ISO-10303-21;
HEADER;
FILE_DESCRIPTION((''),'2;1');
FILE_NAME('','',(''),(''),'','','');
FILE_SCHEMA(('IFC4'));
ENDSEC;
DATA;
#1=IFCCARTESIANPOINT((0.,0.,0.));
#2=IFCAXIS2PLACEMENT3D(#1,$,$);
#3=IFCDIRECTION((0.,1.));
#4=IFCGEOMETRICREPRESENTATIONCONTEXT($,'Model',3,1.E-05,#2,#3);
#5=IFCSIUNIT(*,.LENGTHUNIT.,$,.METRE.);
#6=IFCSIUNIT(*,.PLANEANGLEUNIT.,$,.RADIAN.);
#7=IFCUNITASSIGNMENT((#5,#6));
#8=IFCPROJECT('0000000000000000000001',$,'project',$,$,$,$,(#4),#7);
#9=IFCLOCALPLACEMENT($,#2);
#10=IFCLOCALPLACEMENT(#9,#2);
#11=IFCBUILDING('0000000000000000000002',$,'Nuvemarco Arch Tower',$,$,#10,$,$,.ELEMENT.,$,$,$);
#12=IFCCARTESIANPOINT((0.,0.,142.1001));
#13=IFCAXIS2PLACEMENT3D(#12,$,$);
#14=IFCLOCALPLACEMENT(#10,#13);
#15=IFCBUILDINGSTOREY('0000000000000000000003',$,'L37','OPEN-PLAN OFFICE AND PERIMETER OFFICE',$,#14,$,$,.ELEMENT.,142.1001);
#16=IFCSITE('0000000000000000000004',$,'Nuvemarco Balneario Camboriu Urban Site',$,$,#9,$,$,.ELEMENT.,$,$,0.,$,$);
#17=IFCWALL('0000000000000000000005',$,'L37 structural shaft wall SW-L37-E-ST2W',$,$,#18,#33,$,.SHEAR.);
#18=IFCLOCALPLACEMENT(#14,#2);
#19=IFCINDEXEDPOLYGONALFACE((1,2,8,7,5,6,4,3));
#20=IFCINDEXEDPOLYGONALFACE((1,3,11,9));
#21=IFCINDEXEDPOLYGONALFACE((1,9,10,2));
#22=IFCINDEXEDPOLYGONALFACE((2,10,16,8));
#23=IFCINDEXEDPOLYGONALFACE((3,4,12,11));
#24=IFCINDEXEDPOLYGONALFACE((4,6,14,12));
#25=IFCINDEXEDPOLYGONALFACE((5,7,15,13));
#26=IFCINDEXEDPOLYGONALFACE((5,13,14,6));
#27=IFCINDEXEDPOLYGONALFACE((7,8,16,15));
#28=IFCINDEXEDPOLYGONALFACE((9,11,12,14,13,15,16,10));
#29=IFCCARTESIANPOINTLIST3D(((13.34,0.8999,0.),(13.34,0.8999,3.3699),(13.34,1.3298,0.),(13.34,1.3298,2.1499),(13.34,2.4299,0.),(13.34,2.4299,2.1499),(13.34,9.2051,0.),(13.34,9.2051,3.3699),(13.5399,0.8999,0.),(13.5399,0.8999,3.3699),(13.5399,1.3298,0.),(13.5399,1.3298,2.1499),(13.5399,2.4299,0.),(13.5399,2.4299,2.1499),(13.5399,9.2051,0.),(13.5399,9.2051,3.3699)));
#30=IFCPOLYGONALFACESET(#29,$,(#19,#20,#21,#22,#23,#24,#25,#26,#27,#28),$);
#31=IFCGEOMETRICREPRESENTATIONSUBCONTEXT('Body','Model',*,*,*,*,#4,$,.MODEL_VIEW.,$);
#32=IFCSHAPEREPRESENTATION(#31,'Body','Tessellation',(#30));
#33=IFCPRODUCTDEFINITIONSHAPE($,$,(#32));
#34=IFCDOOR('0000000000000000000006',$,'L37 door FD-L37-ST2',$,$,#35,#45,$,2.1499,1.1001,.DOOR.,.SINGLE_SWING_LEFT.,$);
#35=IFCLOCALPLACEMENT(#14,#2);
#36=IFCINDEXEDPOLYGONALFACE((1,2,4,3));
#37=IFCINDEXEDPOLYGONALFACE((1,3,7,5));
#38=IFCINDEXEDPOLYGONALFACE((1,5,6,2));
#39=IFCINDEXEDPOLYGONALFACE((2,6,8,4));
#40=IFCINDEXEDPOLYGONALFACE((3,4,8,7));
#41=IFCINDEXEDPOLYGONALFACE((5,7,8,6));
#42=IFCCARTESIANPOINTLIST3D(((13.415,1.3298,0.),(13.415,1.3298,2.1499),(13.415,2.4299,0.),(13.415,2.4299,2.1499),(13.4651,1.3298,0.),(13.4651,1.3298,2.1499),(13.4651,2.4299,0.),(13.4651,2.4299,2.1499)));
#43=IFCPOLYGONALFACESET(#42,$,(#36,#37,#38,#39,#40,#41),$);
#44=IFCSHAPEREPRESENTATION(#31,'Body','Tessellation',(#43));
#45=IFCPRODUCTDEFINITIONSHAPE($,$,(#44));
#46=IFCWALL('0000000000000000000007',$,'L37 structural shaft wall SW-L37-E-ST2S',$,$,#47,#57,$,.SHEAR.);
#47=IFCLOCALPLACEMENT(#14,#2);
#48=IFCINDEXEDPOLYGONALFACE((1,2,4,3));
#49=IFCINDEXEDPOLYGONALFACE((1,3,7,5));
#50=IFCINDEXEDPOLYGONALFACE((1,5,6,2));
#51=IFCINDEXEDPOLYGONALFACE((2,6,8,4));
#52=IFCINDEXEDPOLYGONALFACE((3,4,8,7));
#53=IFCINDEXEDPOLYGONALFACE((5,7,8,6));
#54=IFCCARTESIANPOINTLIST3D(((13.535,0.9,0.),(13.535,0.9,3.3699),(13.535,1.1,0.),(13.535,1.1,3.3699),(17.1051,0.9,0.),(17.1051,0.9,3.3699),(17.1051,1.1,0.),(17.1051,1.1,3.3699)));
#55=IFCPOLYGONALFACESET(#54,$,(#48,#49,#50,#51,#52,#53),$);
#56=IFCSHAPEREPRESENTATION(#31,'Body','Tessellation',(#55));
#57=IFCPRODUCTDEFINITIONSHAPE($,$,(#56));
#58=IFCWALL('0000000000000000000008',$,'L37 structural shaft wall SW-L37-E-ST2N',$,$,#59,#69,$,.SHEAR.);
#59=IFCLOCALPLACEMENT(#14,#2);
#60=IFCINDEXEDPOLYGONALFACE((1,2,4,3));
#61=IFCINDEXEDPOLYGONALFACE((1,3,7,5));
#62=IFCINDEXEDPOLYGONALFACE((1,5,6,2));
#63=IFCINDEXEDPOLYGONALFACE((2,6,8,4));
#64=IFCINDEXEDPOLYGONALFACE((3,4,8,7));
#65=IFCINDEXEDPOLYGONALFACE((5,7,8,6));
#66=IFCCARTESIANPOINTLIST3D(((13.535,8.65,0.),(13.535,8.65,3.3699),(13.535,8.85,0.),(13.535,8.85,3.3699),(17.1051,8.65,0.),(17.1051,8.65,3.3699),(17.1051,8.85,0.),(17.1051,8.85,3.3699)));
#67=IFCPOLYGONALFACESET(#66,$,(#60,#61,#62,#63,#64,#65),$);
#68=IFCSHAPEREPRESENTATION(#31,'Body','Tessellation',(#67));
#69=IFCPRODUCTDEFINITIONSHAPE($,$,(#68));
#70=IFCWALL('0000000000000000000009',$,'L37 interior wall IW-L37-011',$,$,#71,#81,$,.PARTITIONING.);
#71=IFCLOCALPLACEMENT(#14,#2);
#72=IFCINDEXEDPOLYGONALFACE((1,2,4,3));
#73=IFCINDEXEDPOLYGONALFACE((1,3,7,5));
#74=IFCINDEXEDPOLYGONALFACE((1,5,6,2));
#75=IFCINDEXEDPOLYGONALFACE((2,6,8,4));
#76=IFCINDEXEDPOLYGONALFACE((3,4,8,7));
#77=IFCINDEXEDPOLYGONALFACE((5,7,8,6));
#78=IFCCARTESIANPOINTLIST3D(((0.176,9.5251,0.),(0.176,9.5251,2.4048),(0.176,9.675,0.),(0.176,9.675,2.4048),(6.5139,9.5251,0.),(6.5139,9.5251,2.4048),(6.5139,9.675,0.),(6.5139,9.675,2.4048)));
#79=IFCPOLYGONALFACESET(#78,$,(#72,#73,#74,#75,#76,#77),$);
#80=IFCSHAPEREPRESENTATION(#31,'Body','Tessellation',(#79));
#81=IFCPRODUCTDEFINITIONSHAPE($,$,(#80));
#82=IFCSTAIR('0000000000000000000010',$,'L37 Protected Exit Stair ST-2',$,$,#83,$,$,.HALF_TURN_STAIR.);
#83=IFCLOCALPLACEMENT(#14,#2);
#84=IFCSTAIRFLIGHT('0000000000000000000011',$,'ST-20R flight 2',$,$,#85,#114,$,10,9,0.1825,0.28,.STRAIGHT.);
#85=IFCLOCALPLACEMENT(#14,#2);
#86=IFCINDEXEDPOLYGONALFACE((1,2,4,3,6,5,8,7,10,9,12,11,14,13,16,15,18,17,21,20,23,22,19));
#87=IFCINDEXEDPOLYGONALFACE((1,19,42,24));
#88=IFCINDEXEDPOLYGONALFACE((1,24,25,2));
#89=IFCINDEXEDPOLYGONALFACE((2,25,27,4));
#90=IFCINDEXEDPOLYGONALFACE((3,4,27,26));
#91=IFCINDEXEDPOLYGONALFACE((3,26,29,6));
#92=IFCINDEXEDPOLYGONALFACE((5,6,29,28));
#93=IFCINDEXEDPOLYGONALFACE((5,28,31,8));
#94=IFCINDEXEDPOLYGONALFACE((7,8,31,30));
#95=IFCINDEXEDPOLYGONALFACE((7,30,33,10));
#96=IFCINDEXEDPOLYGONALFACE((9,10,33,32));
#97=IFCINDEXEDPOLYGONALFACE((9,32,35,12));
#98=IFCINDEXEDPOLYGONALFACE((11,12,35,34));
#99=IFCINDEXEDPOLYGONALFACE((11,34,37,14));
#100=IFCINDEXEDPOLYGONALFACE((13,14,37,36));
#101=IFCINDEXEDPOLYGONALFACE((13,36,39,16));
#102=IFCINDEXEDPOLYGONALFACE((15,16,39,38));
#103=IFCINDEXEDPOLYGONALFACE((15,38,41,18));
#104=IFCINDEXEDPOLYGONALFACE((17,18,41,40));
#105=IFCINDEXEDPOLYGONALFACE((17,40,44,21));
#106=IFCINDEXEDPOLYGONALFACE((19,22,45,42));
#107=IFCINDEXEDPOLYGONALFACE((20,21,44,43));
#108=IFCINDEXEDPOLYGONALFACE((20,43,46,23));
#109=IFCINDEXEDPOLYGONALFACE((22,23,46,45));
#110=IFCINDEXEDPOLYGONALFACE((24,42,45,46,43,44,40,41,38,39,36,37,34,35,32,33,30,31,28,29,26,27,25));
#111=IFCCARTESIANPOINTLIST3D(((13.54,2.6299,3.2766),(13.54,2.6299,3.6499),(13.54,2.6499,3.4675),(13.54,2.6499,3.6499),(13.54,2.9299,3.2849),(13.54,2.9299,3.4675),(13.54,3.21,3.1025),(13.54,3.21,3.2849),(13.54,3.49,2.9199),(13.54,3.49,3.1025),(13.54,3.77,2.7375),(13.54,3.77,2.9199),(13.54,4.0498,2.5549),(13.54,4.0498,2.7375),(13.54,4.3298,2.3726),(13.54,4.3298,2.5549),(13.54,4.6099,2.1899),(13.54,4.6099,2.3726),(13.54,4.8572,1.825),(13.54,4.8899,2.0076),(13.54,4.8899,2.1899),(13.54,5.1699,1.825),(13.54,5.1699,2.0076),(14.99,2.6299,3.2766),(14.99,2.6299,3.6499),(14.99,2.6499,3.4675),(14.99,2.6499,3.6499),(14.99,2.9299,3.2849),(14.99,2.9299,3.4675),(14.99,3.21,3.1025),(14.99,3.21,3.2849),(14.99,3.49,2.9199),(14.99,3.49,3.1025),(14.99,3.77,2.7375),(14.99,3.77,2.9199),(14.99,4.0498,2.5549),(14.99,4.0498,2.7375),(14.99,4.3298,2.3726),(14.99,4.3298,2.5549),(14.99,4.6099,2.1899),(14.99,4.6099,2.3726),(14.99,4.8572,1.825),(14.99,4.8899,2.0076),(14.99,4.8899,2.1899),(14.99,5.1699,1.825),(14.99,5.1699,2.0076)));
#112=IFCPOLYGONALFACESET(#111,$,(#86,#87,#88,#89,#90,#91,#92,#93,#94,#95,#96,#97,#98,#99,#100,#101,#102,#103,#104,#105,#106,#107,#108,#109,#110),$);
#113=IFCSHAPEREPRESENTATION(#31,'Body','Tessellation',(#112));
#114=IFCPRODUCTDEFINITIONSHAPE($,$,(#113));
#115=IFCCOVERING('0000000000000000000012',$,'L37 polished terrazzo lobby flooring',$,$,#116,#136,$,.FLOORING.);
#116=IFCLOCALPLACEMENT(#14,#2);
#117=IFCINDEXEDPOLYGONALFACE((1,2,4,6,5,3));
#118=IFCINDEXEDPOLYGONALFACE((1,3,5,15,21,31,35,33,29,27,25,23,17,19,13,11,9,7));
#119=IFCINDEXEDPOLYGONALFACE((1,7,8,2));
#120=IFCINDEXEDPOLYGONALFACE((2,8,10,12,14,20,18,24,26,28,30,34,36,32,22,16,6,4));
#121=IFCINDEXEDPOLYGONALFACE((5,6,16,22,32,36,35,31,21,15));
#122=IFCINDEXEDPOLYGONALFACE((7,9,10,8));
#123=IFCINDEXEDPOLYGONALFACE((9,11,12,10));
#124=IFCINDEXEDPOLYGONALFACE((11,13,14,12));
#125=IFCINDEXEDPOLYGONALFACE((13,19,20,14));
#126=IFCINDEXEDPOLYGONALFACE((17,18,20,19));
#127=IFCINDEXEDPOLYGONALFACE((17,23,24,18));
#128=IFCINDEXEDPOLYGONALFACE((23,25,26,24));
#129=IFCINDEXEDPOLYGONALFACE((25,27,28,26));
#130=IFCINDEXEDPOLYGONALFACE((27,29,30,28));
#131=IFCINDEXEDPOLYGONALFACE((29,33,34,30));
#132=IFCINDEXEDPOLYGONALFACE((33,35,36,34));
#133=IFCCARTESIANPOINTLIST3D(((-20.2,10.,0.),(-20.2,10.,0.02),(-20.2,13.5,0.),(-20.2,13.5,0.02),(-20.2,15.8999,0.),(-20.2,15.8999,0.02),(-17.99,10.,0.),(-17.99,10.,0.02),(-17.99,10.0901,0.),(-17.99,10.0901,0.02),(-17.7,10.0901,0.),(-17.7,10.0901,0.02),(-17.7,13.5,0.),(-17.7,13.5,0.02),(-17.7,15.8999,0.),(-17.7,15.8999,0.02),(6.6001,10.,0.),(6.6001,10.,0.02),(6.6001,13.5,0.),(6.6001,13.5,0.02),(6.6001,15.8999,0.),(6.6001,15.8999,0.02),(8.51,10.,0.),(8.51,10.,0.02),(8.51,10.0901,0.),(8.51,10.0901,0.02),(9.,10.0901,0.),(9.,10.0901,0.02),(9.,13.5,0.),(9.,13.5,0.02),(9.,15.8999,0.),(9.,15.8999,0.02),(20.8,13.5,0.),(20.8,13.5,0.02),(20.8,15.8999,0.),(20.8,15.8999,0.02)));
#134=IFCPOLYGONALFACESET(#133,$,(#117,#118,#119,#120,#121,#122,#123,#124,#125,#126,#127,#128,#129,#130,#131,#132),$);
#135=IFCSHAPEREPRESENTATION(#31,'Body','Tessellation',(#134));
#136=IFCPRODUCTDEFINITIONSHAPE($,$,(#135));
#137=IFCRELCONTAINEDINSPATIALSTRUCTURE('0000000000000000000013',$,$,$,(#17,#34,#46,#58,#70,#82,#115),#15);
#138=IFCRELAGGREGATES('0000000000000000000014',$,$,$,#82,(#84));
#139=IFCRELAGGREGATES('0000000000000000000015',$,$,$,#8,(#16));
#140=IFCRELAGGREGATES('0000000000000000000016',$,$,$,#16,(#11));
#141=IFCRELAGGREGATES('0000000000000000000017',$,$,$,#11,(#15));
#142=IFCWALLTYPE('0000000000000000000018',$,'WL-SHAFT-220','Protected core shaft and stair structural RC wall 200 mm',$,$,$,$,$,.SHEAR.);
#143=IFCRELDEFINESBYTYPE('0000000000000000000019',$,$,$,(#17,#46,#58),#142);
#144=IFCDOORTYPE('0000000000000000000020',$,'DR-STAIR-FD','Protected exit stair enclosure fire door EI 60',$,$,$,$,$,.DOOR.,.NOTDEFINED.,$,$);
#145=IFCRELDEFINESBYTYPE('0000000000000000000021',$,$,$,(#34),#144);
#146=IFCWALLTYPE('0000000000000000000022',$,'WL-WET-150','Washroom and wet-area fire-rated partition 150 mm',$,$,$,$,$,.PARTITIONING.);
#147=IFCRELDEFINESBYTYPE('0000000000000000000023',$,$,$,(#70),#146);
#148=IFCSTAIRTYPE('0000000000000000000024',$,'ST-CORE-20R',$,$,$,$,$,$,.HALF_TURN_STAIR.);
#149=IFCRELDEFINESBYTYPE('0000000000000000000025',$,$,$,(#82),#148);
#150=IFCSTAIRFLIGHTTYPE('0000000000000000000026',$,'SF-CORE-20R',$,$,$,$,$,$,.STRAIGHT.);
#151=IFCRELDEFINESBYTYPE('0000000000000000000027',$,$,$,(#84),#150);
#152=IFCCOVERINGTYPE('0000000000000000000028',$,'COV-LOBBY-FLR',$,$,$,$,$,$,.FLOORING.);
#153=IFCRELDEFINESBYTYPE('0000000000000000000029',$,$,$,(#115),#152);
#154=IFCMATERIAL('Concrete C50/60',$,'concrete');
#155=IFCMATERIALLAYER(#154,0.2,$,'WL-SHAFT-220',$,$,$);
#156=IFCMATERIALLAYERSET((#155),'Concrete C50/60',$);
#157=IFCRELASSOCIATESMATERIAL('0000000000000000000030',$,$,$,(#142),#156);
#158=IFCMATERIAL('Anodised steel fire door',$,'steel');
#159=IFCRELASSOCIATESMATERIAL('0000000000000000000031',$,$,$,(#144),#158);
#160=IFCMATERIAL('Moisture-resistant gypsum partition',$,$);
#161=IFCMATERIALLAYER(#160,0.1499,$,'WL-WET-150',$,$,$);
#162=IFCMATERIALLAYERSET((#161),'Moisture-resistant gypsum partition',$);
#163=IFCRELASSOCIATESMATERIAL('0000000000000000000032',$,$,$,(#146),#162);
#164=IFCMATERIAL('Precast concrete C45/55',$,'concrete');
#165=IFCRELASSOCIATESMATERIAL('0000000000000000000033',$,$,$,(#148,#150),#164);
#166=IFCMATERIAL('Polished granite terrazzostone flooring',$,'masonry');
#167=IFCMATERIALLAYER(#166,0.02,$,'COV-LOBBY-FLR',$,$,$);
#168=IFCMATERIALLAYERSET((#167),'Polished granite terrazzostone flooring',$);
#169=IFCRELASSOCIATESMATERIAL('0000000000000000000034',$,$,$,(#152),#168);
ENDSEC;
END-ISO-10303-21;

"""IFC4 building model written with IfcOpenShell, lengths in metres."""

from ifc_helpers import new_model, si_unit, direction, frame, frame_2d, origin, place, context, subcontext, project, spatial, polyline, rectangle, outline, extrude, source, transform, mapped, material, layer, layer_set, type_object, type_shapes, element, fill, aggregate, save


model = new_model("IFC4")

# Units and contexts
model_context = context("Model", 3, precision=1e-05, world=origin(), true_north=direction((0.0, 1.0)))
body_context = subcontext(model_context, "Body", "Model", "MODEL_VIEW")
ifc_project = project(units=[si_unit("LENGTHUNIT", "METRE"), si_unit("PLANEANGLEUNIT", "RADIAN")], contexts=[model_context])

# Site, building, storey
site_placement = place(None, origin())
site = spatial("IfcSite", under=ifc_project, at=site_placement, Name="Nuvemarco Balneario Camboriu Urban Site", CompositionType="ELEMENT", RefElevation=0.0)
building_placement = place(site_placement, origin())
building = spatial("IfcBuilding", under=site, at=building_placement, Name="Nuvemarco Arch Tower", CompositionType="ELEMENT")
storey_placement = place(building_placement, frame((0.0, 0.0, 142.1001)))
storey = spatial("IfcBuildingStorey", under=building, at=storey_placement, Name="L37", Description="OPEN-PLAN OFFICE AND PERIMETER OFFICE", CompositionType="ELEMENT", Elevation=142.1001)

# Shared definitions
ifc_material_1 = material(Name="Concrete C50/60", Category="concrete")

# Shared definitions
ifc_material_2 = material(Name="Anodised steel fire door", Category="steel")

# Wall, opening, door
ifc_layer_1 = layer(ifc_material_1, 0.2, Name="WL-SHAFT-220")
ifc_layer_set_1 = layer_set([ifc_layer_1], Name="Concrete C50/60")
wall_type_1 = type_object("IfcWallType", Name="WL-SHAFT-220", Description="Protected core shaft and stair structural RC wall 200 mm", PredefinedType="SHEAR", material=ifc_layer_set_1)
wall_1_placement = place(storey_placement, frame((13.4399, 0.8999, 0.0), z_axis=(0.0, 0.0, 1.0), x_axis=(0.0, 1.0, 0.0)))
wall_1 = element("IfcWall", 1, at=wall_1_placement, inside=storey, type_object=wall_type_1, Name="L37 structural shaft wall SW-L37-E-ST2W", PredefinedType="SHEAR", context=body_context, shape_type="SweptSolid", body=[
    extrude(rectangle(XDim=8.3052, YDim=0.2, at=frame_2d((4.1526, 0.0))), origin(), (0.0, 0.0, 1.0), 3.3699),
])
opening_1_placement = place(wall_1_placement, frame((0.4299, 0.0, 0.0)))
opening_1 = element("IfcOpeningElement", 2, at=opening_1_placement, cuts=wall_1, PredefinedType="OPENING", context=body_context, shape_type="SweptSolid", body=[
    extrude(rectangle(XDim=1.1001, YDim=2.1499, at=frame_2d((0.55, 1.075))), frame((0.0, 0.1099, 0.0), z_axis=(0.0, -1.0, 0.0), x_axis=(1.0, 0.0, 0.0)), (0.0, 0.0, 1.0), 0.22),
])
door_type_1 = type_object("IfcDoorType", Name="DR-STAIR-FD", Description="Protected exit stair enclosure fire door EI 60", OperationType="NOTDEFINED", PredefinedType="DOOR", material=ifc_material_2)
shared_shape_1 = source(origin(), body_context, "Body", "SweptSolid", [
    extrude(rectangle(XDim=1.1001, YDim=2.1499, at=frame_2d((0.55, 1.075))), frame((0.0, 0.0249, 0.0), z_axis=(0.0, -1.0, 0.0), x_axis=(1.0, 0.0, 0.0)), (0.0, 0.0, 1.0), 0.05),
])
type_shapes(door_type_1, [shared_shape_1])
door_1_placement = place(opening_1_placement, origin())
door_1 = element("IfcDoor", 3, at=door_1_placement, inside=storey, type_object=door_type_1, Name="L37 door FD-L37-ST2", OperationType="SINGLE_SWING_LEFT", OverallHeight=2.1499, OverallWidth=1.1001, PredefinedType="DOOR", context=body_context, shape_type="MappedRepresentation", body=[
    mapped(shared_shape_1, transform((0.0, 0.0, 0.0), scale=1.0)),
])
fill(opening_1, door_1)

# Walls
for number, where, z_axis, x_axis, name in (
    (4, (13.5349, 1.0, 0.0), (0.0, 0.0, 1.0), (1.0, 0.0, 0.0), "L37 structural shaft wall SW-L37-E-ST2S"),
    (5, (13.5349, 8.75, 0.0), (0.0, 0.0, 1.0), (1.0, 0.0, 0.0), "L37 structural shaft wall SW-L37-E-ST2N"),
):
    element("IfcWall", number, at=place(storey_placement, frame(where, z_axis=z_axis, x_axis=x_axis)), inside=storey, type_object=wall_type_1, Name=name, PredefinedType="SHEAR", context=body_context, shape_type="SweptSolid", body=[
        extrude(rectangle(XDim=3.5701, YDim=0.2, at=frame_2d((1.7852, 0.0))), origin(), (0.0, 0.0, 1.0), 3.3699),
    ])
ifc_material_3 = material(Name="Moisture-resistant gypsum partition")
ifc_layer_2 = layer(ifc_material_3, 0.1499, Name="WL-WET-150")
ifc_layer_set_2 = layer_set([ifc_layer_2], Name="Moisture-resistant gypsum partition")
wall_type_2 = type_object("IfcWallType", Name="WL-WET-150", Description="Washroom and wet-area fire-rated partition 150 mm", PredefinedType="PARTITIONING", material=ifc_layer_set_2)
wall_2_placement = place(storey_placement, frame((0.176, 9.6001, 0.0), z_axis=(0.0, 0.0, 1.0), x_axis=(1.0, 0.0, 0.0)))
element("IfcWall", 6, at=wall_2_placement, inside=storey, type_object=wall_type_2, Name="L37 interior wall IW-L37-011", PredefinedType="PARTITIONING", context=body_context, shape_type="SweptSolid", body=[
    extrude(rectangle(XDim=6.3379, YDim=0.1499, at=frame_2d((3.1689, 0.0))), origin(), (0.0, 0.0, 1.0), 2.4048),
])

# Stair, stair flight
ifc_material_4 = material(Name="Precast concrete C45/55", Category="concrete")
stair_type = type_object("IfcStairType", Name="ST-CORE-20R", PredefinedType="HALF_TURN_STAIR", material=ifc_material_4)
stair_placement = place(storey_placement, origin())
stair = element("IfcStair", 7, at=stair_placement, inside=storey, type_object=stair_type, Name="L37 Protected Exit Stair ST-2", PredefinedType="HALF_TURN_STAIR")
stair_flight_type = type_object("IfcStairFlightType", Name="SF-CORE-20R", PredefinedType="STRAIGHT", material=ifc_material_4)
stair_flight_placement = place(storey_placement, frame((14.2649, 5.1699, 1.825), z_axis=(0.0, 0.0, 1.0), x_axis=(0.0, -1.0, 0.0)))
stair_flight = element("IfcStairFlight", 8, at=stair_flight_placement, type_object=stair_flight_type, Name="ST-20R flight 2", NumberOfRisers=10, NumberOfTreads=9, PredefinedType="STRAIGHT", RiserHeight=0.1825, TreadLength=0.28, context=body_context, shape_type="SweptSolid", body=[
    extrude(outline(polyline([(0.0, 0.0), (0.0, 0.1826), (0.28, 0.1826), (0.28, 0.365), (0.5601, 0.365), (0.5601, 0.5476), (0.8401, 0.5476), (0.8401, 0.73), (1.1201, 0.73), (1.1201, 0.9126), (1.3999, 0.9126), (1.3999, 1.095), (1.6799, 1.095), (1.6799, 1.2776), (1.96, 1.2776), (1.96, 1.46), (2.24, 1.46), (2.24, 1.6426), (2.52, 1.6426), (2.52, 1.825), (2.54, 1.825), (2.54, 1.4517), (0.3127, 0.0), (0.0, 0.0)])), frame((0.0, 0.7251, 0.0), z_axis=(0.0, -1.0, 0.0), x_axis=(1.0, 0.0, 0.0)), (0.0, 0.0, 1.0), 1.45),
])
aggregate(stair, [stair_flight])

# Covering
ifc_material_5 = material(Name="Polished granite terrazzostone flooring", Category="masonry")
ifc_layer_3 = layer(ifc_material_5, 0.02, Name="COV-LOBBY-FLR")
ifc_layer_set_3 = layer_set([ifc_layer_3], Name="Polished granite terrazzostone flooring")
covering_type = type_object("IfcCoveringType", Name="COV-LOBBY-FLR", PredefinedType="FLOORING", material=ifc_layer_set_3)
covering_placement = place(storey_placement, origin())
element("IfcCovering", 9, at=covering_placement, inside=storey, type_object=covering_type, Name="L37 polished terrazzo lobby flooring", PredefinedType="FLOORING", context=body_context, shape_type="SweptSolid", body=[
    extrude(outline(polyline([(-20.2, 13.5), (-20.2, 15.8999), (-17.7, 15.8999), (6.6001, 15.8999), (9.0, 15.8999), (20.8, 15.8999), (20.8, 13.5), (9.0, 13.5), (9.0, 10.0901), (8.51, 10.0901), (8.51, 10.0), (6.6001, 10.0), (6.6001, 13.5), (-17.7, 13.5), (-17.7, 10.0901), (-17.99, 10.0901), (-17.99, 10.0), (-20.2, 10.0), (-20.2, 13.5)])), origin(), (0.0, 0.0, 1.0), 0.02),
])

save(model, "model.ifc")
